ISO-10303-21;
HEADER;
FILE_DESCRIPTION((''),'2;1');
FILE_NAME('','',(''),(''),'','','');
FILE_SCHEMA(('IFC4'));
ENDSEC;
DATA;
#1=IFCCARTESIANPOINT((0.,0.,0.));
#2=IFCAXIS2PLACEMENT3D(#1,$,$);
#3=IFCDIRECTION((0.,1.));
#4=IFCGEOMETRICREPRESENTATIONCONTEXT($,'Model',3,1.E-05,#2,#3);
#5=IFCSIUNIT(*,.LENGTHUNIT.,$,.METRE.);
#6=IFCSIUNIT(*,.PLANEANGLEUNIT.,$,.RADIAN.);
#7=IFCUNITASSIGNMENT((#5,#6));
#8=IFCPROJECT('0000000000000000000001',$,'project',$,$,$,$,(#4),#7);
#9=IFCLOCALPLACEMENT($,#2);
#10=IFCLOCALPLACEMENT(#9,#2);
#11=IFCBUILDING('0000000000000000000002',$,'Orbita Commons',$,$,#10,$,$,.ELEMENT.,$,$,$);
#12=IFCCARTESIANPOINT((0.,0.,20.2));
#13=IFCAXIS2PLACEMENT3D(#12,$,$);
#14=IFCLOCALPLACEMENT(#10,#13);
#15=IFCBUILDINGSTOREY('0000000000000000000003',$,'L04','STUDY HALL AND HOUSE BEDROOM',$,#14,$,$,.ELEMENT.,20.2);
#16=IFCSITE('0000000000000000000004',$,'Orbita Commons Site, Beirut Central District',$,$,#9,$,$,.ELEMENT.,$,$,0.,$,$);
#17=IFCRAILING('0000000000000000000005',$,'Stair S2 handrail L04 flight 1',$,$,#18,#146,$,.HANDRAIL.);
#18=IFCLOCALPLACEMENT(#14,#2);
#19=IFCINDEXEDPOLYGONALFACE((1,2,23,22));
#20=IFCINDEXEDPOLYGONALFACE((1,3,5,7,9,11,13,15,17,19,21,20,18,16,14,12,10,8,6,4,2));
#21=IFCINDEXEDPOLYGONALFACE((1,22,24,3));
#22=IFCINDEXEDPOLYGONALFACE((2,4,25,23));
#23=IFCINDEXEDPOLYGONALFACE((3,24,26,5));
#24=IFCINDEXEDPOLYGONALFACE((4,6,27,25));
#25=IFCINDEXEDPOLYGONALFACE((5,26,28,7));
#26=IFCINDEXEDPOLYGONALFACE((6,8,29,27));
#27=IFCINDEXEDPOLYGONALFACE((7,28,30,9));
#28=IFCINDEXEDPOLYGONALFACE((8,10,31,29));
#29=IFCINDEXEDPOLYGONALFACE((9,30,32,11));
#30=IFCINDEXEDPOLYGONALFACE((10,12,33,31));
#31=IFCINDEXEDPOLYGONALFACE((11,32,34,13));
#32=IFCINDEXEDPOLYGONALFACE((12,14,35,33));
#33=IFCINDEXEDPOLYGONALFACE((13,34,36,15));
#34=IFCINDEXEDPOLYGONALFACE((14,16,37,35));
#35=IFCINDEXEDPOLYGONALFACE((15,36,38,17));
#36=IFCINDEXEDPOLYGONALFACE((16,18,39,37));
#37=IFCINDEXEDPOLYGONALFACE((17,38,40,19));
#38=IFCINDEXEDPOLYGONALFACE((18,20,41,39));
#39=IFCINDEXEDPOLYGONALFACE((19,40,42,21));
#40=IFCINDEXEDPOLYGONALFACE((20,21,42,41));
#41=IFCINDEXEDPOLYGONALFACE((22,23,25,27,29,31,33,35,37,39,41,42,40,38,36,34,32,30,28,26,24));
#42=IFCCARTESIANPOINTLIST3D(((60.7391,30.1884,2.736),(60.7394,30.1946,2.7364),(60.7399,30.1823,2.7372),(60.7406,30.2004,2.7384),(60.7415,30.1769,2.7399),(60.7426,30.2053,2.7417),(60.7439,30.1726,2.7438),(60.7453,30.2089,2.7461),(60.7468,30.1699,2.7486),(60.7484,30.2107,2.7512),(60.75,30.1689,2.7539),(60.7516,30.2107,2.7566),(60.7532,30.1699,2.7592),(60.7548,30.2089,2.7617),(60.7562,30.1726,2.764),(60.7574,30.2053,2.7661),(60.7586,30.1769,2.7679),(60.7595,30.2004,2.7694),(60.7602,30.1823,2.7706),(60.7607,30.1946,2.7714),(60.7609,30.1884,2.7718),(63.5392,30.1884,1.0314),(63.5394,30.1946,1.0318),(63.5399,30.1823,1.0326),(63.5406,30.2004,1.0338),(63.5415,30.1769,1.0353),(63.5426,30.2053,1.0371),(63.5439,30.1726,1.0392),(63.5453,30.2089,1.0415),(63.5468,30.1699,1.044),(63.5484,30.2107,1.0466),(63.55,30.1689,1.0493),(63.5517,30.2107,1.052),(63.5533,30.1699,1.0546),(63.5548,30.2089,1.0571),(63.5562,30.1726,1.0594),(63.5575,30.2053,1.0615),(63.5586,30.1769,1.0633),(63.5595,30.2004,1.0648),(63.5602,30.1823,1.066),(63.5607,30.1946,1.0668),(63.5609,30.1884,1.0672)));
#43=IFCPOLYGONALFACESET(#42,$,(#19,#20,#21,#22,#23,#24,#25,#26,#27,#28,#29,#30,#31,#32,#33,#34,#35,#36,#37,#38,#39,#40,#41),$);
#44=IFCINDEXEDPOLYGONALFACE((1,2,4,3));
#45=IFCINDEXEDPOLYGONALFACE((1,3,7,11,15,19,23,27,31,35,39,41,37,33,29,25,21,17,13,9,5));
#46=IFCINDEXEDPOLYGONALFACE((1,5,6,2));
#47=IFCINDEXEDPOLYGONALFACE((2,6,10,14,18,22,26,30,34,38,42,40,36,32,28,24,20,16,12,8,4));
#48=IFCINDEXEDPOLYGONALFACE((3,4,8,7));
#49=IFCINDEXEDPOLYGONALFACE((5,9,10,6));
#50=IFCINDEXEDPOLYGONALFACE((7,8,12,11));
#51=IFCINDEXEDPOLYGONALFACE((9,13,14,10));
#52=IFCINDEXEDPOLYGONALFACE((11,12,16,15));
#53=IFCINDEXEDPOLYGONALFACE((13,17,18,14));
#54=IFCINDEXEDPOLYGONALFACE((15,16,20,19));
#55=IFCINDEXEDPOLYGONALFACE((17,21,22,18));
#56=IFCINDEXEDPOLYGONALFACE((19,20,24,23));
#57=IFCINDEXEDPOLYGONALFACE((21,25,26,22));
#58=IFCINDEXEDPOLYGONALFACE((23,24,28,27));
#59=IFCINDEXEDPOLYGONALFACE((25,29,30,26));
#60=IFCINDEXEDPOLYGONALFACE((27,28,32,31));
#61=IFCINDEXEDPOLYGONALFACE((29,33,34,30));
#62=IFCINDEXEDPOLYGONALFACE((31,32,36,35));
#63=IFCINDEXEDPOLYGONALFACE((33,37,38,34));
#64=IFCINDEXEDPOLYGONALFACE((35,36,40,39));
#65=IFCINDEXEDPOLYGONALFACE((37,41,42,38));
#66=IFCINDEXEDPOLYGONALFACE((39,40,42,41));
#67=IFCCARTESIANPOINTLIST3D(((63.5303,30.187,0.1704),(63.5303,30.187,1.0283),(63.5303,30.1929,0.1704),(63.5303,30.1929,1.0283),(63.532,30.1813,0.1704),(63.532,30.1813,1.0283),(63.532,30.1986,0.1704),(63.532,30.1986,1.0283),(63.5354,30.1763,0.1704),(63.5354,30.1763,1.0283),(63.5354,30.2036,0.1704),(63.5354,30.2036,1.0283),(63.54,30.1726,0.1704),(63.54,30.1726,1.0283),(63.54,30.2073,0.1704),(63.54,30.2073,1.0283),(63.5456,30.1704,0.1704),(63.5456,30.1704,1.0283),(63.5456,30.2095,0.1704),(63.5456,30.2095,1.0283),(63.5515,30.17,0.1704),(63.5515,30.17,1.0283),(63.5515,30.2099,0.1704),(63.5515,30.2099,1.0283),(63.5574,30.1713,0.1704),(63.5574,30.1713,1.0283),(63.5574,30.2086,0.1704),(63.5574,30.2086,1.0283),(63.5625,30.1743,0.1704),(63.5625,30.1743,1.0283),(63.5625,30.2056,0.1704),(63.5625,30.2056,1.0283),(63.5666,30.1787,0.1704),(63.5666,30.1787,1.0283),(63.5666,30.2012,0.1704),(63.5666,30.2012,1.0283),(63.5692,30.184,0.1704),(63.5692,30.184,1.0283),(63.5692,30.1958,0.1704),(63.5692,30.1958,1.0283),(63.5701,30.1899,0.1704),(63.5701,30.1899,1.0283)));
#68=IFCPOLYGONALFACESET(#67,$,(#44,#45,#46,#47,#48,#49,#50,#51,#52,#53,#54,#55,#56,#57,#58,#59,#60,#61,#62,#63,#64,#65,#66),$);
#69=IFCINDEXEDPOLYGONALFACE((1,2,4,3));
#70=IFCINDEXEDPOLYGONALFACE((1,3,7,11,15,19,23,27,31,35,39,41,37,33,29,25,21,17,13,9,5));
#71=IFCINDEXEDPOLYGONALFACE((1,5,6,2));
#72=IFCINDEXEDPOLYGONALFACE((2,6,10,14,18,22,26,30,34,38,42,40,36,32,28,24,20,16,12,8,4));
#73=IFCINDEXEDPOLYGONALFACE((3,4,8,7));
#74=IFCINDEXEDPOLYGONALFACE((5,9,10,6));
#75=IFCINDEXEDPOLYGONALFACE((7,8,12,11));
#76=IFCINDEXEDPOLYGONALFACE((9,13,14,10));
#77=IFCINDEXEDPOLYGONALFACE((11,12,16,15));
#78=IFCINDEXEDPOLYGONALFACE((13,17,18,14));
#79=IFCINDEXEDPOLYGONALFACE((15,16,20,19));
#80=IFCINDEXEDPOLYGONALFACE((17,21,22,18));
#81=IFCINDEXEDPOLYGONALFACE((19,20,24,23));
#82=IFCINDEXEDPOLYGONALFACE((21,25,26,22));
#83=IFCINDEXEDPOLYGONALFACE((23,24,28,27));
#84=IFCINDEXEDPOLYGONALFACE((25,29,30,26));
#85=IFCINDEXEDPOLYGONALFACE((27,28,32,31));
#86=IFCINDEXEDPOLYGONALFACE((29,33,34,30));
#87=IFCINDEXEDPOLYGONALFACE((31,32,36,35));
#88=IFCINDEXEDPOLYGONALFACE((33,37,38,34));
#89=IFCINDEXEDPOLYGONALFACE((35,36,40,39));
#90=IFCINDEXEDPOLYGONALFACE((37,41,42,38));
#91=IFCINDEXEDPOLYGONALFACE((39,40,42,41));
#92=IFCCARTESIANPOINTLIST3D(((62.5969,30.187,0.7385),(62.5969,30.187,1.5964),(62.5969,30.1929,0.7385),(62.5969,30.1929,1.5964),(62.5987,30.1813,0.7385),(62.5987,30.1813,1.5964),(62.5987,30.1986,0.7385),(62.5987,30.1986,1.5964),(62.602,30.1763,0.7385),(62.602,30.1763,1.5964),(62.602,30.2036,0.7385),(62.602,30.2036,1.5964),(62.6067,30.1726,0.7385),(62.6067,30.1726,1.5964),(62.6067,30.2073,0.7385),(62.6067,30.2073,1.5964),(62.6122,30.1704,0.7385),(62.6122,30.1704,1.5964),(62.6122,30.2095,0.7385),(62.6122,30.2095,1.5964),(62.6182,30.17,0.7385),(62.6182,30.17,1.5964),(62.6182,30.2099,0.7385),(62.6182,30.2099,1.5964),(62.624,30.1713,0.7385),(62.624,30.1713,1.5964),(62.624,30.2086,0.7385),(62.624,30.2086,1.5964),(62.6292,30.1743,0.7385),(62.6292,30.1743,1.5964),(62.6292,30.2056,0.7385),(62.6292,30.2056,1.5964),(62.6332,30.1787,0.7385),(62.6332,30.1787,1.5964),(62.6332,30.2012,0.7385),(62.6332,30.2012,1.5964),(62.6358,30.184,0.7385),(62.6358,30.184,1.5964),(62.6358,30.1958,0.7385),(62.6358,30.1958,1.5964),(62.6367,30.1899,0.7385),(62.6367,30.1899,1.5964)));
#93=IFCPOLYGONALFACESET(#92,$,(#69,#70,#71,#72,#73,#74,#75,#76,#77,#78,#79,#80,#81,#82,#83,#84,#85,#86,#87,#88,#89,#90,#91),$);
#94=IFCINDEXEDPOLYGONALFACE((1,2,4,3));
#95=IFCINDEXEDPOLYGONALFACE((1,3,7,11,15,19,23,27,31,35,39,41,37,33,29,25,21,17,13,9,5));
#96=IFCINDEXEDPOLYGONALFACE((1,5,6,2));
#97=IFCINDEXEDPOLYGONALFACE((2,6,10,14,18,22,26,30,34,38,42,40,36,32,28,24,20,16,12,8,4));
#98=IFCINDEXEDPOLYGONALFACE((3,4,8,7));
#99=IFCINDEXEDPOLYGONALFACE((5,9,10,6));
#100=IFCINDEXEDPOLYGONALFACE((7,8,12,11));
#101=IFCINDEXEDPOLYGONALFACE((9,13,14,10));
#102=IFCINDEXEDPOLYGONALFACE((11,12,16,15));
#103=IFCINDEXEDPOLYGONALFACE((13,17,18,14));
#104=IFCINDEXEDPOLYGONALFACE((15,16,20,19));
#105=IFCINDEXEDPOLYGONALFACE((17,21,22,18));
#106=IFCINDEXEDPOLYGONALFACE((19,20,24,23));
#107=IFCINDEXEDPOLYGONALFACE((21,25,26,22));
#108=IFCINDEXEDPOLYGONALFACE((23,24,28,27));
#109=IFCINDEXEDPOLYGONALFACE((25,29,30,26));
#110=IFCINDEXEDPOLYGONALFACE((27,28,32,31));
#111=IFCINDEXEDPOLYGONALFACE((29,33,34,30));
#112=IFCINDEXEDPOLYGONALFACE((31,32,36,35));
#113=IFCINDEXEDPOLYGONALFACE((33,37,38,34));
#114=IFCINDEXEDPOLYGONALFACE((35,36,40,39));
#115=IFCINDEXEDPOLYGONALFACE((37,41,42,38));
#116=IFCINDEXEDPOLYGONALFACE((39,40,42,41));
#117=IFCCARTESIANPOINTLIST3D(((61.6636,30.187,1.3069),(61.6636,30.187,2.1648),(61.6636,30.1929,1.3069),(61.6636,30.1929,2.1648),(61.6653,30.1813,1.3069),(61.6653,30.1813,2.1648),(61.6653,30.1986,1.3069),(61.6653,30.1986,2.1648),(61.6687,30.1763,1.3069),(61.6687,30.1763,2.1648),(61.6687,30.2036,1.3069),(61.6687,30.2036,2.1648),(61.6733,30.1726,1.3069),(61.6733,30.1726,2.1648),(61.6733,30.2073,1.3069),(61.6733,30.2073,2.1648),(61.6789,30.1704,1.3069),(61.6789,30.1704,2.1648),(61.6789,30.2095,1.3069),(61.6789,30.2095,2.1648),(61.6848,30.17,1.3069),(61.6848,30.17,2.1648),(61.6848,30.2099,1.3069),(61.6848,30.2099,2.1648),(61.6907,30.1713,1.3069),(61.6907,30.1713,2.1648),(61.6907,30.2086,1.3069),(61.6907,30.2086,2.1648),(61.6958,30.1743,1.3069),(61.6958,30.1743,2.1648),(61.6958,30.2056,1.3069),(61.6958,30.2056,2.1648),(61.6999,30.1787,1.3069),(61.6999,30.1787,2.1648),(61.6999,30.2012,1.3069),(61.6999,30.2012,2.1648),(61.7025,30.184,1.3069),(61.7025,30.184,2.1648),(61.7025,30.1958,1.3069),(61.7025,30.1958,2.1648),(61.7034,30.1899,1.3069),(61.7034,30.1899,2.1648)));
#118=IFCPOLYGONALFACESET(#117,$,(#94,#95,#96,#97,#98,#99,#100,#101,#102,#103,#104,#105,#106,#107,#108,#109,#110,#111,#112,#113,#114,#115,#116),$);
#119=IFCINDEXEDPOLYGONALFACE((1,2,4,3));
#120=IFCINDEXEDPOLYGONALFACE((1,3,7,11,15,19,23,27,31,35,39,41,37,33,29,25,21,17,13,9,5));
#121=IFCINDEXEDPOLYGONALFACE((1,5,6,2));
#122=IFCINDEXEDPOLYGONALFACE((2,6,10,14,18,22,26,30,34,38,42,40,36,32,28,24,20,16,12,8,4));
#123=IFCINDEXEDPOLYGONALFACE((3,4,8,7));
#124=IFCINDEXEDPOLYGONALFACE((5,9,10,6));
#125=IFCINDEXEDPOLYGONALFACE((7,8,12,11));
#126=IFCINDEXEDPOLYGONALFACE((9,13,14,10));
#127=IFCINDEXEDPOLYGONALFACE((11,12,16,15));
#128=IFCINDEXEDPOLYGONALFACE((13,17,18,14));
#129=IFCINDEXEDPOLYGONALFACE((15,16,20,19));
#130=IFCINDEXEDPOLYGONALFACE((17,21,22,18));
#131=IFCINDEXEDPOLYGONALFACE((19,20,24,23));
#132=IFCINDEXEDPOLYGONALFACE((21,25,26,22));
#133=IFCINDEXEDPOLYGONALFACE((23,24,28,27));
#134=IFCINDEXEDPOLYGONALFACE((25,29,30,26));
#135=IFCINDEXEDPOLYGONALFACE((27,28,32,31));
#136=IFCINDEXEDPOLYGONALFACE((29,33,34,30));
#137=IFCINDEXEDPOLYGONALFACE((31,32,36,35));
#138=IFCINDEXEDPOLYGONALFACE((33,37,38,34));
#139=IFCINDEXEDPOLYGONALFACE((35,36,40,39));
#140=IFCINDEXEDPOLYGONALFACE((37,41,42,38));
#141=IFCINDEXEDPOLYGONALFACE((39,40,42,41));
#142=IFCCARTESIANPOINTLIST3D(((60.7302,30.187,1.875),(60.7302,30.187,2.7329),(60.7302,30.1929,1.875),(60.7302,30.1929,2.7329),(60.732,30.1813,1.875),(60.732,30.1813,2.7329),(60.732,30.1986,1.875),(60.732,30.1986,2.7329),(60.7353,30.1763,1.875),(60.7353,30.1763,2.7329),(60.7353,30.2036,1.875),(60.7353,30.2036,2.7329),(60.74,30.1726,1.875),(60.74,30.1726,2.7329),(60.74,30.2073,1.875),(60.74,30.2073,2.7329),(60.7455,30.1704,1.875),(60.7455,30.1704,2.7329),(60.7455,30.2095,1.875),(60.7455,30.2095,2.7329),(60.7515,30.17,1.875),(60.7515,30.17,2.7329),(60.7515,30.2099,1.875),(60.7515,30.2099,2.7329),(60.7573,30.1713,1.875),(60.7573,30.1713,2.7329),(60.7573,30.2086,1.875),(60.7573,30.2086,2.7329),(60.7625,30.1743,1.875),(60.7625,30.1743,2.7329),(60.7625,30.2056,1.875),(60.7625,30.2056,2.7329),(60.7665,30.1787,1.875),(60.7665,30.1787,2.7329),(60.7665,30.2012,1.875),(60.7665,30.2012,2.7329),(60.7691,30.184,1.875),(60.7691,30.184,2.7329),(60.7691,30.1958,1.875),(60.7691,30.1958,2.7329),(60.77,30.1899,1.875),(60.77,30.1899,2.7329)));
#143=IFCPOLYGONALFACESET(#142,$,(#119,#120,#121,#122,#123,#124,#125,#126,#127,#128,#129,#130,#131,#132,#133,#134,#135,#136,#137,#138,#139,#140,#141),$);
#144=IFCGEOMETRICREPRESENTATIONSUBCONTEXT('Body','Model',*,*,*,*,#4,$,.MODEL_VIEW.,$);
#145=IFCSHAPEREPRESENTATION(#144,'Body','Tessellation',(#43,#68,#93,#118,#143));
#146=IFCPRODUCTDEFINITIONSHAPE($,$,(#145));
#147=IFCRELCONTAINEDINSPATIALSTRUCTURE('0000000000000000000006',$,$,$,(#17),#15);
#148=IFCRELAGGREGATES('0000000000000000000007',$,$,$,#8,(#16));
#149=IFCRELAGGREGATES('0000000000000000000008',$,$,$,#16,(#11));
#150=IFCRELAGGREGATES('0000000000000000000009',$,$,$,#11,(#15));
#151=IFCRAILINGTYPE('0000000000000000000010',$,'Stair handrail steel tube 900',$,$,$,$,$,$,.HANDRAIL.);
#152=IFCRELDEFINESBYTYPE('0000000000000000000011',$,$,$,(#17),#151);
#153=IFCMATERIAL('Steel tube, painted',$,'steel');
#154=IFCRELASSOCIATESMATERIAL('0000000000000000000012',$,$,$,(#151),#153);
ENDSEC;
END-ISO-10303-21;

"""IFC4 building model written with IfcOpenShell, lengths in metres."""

from ifc_helpers import new_model, si_unit, direction, frame, origin, origin_2d, place, context, subcontext, project, spatial, circle, extrude, material, type_object, element, save


model = new_model("IFC4")

# Units and contexts
model_context = context("Model", 3, precision=1e-05, world=origin(), true_north=direction((0.0, 1.0)))
body_context = subcontext(model_context, "Body", "Model", "MODEL_VIEW")
ifc_project = project(units=[si_unit("LENGTHUNIT", "METRE"), si_unit("PLANEANGLEUNIT", "RADIAN")], contexts=[model_context])

# Site, building, storey
site_placement = place(None, origin())
site = spatial("IfcSite", under=ifc_project, at=site_placement, Name="Orbita Commons Site, Beirut Central District", CompositionType="ELEMENT", RefElevation=0.0)
building_placement = place(site_placement, origin())
building = spatial("IfcBuilding", under=site, at=building_placement, Name="Orbita Commons", CompositionType="ELEMENT")
storey_placement = place(building_placement, frame((0.0, 0.0, 20.2)))
storey = spatial("IfcBuildingStorey", under=building, at=storey_placement, Name="L04", Description="STUDY HALL AND HOUSE BEDROOM", CompositionType="ELEMENT", Elevation=20.2)

# Railing
ifc_material_1 = material(Name="Steel tube, painted", Category="steel")
railing_type = type_object("IfcRailingType", Name="Stair handrail steel tube 900", PredefinedType="HANDRAIL", material=ifc_material_1)
for number, where, name in (
    (1, (63.55, 30.1899, 0.1704), "Stair S2 handrail L04 flight 1"),
):
    element("IfcRailing", number, at=place(storey_placement, frame(where)), inside=storey, type_object=railing_type, Name=name, PredefinedType="HANDRAIL", context=body_context, shape_type="SweptSolid", body=[
        extrude(circle(Radius=0.021, at=origin_2d()), frame((0.0, 0.0, 0.8789), z_axis=(-0.85417, 0.0, 0.519994), x_axis=(0.0, -1.0, 0.0)), (0.0, 0.0, 1.0), 3.2781),
        extrude(circle(Radius=0.02, at=origin_2d()), origin(), (0.0, 0.0, 1.0), 0.8579),
        extrude(circle(Radius=0.02, at=origin_2d()), frame((-0.9333, 0.0, 0.5681)), (0.0, 0.0, 1.0), 0.8579),
        extrude(circle(Radius=0.02, at=origin_2d()), frame((-1.8667, 0.0, 1.1365)), (0.0, 0.0, 1.0), 0.8579),
        extrude(circle(Radius=0.02, at=origin_2d()), frame((-2.8, 0.0, 1.7046)), (0.0, 0.0, 1.0), 0.8579),
    ])

save(model, "model.ifc")
